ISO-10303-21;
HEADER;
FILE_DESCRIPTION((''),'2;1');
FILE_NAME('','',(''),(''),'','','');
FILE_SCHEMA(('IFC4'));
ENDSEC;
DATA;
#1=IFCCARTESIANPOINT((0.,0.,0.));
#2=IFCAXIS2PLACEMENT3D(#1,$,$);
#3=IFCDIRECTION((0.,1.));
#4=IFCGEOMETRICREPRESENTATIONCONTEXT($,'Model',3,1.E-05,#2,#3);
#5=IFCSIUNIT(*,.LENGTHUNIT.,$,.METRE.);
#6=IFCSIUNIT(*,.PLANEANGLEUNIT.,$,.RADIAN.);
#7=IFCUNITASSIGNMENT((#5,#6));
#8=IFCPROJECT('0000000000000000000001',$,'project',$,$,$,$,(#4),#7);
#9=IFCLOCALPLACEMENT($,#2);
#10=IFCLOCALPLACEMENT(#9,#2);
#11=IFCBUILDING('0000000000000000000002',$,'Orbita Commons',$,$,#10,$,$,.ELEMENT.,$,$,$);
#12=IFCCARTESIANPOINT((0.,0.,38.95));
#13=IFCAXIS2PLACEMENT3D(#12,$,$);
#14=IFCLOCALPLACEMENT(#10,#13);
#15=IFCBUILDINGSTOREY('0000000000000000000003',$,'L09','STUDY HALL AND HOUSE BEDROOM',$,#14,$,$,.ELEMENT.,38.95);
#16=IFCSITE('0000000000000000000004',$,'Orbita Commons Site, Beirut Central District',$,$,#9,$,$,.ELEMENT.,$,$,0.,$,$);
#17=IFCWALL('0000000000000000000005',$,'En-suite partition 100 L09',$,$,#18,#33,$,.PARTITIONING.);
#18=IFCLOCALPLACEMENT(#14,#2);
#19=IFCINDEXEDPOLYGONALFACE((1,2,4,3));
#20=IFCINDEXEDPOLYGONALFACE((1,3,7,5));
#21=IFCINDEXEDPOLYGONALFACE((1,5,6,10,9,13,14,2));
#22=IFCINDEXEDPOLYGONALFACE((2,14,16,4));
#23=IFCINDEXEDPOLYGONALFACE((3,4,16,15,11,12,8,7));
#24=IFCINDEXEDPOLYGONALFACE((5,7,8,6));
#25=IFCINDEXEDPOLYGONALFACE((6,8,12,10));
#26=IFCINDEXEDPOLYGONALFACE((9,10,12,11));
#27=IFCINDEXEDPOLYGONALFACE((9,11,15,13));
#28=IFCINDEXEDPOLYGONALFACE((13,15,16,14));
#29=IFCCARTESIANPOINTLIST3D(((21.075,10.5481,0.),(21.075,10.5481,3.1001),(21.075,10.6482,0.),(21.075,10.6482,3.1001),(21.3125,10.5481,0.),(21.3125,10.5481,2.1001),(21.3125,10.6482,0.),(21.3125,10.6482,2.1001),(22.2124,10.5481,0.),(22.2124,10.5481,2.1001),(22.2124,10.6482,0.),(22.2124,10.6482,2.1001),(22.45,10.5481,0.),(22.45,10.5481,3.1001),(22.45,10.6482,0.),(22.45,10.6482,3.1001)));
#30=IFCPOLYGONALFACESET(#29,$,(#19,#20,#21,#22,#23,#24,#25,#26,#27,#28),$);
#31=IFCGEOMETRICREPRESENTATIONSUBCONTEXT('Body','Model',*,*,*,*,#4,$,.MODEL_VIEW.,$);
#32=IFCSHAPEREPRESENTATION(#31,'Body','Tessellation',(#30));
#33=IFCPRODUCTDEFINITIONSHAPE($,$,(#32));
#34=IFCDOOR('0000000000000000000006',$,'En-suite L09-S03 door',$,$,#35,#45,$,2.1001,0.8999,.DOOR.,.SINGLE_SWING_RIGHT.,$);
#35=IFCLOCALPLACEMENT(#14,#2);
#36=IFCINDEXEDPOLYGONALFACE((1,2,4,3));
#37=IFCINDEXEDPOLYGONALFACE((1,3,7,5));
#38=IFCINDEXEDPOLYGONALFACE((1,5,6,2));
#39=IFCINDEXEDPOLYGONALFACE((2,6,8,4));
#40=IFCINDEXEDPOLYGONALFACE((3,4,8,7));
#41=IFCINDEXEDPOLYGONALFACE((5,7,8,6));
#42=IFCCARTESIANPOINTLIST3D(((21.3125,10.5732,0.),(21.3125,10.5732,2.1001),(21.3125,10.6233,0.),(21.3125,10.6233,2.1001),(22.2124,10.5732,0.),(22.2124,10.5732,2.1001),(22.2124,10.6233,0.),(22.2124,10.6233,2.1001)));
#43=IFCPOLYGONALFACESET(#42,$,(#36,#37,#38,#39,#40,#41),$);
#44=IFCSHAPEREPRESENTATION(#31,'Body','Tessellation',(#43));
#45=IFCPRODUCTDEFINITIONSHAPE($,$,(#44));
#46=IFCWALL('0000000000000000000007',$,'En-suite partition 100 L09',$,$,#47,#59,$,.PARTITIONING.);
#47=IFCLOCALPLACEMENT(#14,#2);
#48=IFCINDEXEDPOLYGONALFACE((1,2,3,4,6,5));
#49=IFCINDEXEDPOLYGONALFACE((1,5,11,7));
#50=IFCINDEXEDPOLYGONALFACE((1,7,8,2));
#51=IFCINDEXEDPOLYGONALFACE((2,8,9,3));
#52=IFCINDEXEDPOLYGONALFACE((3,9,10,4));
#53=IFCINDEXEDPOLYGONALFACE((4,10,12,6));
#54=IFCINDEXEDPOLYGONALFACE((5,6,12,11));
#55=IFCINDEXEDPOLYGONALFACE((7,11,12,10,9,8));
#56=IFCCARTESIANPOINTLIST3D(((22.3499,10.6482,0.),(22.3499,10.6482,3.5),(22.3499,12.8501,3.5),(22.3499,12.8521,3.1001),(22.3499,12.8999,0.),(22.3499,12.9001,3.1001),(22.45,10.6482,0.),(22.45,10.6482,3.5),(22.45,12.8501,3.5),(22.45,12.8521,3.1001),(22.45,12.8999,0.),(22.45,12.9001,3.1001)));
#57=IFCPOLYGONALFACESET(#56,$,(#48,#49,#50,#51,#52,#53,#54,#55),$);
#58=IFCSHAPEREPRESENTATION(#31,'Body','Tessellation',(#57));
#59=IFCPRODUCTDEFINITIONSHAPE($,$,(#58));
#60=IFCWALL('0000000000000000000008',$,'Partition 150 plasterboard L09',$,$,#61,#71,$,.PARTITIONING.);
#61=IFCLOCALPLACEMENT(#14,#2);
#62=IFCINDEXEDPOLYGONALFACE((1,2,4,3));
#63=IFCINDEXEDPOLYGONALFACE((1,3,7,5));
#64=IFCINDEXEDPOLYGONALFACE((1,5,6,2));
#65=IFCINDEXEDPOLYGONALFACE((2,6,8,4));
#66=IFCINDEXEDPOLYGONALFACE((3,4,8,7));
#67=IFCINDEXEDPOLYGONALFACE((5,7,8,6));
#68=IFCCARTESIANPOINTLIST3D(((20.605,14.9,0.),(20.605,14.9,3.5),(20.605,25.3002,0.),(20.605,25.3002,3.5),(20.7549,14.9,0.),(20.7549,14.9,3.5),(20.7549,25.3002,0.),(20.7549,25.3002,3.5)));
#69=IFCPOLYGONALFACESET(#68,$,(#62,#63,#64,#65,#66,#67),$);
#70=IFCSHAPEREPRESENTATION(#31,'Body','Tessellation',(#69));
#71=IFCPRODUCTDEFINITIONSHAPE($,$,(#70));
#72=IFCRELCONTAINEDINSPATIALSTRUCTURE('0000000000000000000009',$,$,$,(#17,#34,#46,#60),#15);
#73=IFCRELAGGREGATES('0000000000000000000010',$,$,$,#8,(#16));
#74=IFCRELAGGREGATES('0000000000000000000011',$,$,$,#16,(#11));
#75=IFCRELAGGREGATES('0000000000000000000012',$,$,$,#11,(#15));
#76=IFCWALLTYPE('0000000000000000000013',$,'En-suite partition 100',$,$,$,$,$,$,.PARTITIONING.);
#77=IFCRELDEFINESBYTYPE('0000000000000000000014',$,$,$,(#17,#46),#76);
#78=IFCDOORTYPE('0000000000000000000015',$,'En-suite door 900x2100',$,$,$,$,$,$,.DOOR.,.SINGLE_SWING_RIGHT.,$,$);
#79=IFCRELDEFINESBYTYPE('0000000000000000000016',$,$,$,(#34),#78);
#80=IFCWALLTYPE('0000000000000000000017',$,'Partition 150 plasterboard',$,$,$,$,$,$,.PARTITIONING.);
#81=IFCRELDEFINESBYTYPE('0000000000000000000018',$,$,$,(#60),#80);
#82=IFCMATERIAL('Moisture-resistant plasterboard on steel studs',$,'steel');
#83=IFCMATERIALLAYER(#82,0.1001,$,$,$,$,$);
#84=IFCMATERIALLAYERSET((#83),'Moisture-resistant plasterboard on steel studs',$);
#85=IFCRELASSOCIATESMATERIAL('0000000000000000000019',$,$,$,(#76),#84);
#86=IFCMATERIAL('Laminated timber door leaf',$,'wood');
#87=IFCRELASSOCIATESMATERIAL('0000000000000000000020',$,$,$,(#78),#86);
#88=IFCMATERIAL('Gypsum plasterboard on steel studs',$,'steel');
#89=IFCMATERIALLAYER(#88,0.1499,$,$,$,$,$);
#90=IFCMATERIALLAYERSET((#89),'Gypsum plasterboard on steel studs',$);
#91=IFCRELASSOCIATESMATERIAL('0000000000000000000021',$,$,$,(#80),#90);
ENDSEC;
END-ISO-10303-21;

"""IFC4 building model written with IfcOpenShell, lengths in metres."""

from ifc_helpers import new_model, si_unit, direction, frame, frame_2d, origin, place, context, subcontext, project, spatial, polyline, rectangle, outline, extrude, material, layer, layer_set, type_object, element, fill, save


model = new_model("IFC4")

# Units and contexts
model_context = context("Model", 3, precision=1e-05, world=origin(), true_north=direction((0.0, 1.0)))
body_context = subcontext(model_context, "Body", "Model", "MODEL_VIEW")
ifc_project = project(units=[si_unit("LENGTHUNIT", "METRE"), si_unit("PLANEANGLEUNIT", "RADIAN")], contexts=[model_context])

# Site, building, storey
site_placement = place(None, origin())
site = spatial("IfcSite", under=ifc_project, at=site_placement, Name="Orbita Commons Site, Beirut Central District", CompositionType="ELEMENT", RefElevation=0.0)
building_placement = place(site_placement, origin())
building = spatial("IfcBuilding", under=site, at=building_placement, Name="Orbita Commons", CompositionType="ELEMENT")
storey_placement = place(building_placement, frame((0.0, 0.0, 38.95)))
storey = spatial("IfcBuildingStorey", under=building, at=storey_placement, Name="L09", Description="STUDY HALL AND HOUSE BEDROOM", CompositionType="ELEMENT", Elevation=38.95)

# Shared definitions
ifc_material_1 = material(Name="Moisture-resistant plasterboard on steel studs", Category="steel")
ifc_layer_1 = layer(ifc_material_1, 0.1001)
ifc_layer_set_1 = layer_set([ifc_layer_1], Name="Moisture-resistant plasterboard on steel studs")
wall_type_1 = type_object("IfcWallType", Name="En-suite partition 100", PredefinedType="PARTITIONING", material=ifc_layer_set_1)
ifc_material_2 = material(Name="Laminated timber door leaf", Category="wood")
door_type_1 = type_object("IfcDoorType", Name="En-suite door 900x2100", OperationType="SINGLE_SWING_RIGHT", PredefinedType="DOOR", material=ifc_material_2)

# Wall, opening, door
wall_1_placement = place(storey_placement, frame((22.45, 10.5981, 0.0), z_axis=(0.0, 0.0, 1.0), x_axis=(-1.0, 0.0, 0.0)))
wall_1 = element("IfcWall", 1, at=wall_1_placement, inside=storey, type_object=wall_type_1, Name="En-suite partition 100 L09", PredefinedType="PARTITIONING", context=body_context, shape_type="SweptSolid", body=[
    extrude(outline(polyline([(0.0, 0.0), (1.375, 0.0), (1.375, 3.1001), (0.0, 3.1001), (0.0, 0.0)])), frame((0.0, 0.05, 0.0), z_axis=(0.0, -1.0, 0.0), x_axis=(1.0, 0.0, 0.0)), (0.0, 0.0, 1.0), 0.1001),
])
opening_1_placement = place(wall_1_placement, frame((0.2375, 0.0, 0.0)))
opening_1 = element("IfcOpeningElement", 2, at=opening_1_placement, cuts=wall_1, PredefinedType="OPENING", context=body_context, shape_type="SweptSolid", body=[
    extrude(rectangle(XDim=0.8999, YDim=2.1001, at=frame_2d((0.45, 1.05))), frame((0.0, 0.0601, 0.0), z_axis=(0.0, -1.0, 0.0), x_axis=(1.0, 0.0, 0.0)), (0.0, 0.0, 1.0), 0.1201),
])
door_1_placement = place(opening_1_placement, origin())
door_1 = element("IfcDoor", 3, at=door_1_placement, inside=storey, type_object=door_type_1, Name="En-suite L09-S03 door", OperationType="SINGLE_SWING_RIGHT", OverallHeight=2.1001, OverallWidth=0.8999, PredefinedType="DOOR", context=body_context, shape_type="SweptSolid", body=[
    extrude(rectangle(XDim=0.8999, YDim=2.1001, at=frame_2d((0.45, 1.05))), frame((0.0, 0.0249, 0.0), z_axis=(0.0, -1.0, 0.0), x_axis=(1.0, 0.0, 0.0)), (0.0, 0.0, 1.0), 0.05),
])
fill(opening_1, door_1)

# Walls
wall_2_placement = place(storey_placement, frame((22.3999, 10.6482, 0.0), z_axis=(0.0, 0.0, 1.0), x_axis=(0.0, 1.0, 0.0)))
element("IfcWall", 4, at=wall_2_placement, inside=storey, type_object=wall_type_1, Name="En-suite partition 100 L09", PredefinedType="PARTITIONING", context=body_context, shape_type="SweptSolid", body=[
    extrude(outline(polyline([(0.0, 0.0), (2.2517, 0.0), (2.252, 3.1001), (2.2039, 3.1001), (2.2019, 3.5), (0.0, 3.5), (0.0, 0.0)])), frame((0.0, 0.05, 0.0), z_axis=(0.0, -1.0, 0.0), x_axis=(1.0, 0.0, 0.0)), (0.0, 0.0, 1.0), 0.1001),
])
ifc_material_3 = material(Name="Gypsum plasterboard on steel studs", Category="steel")
ifc_layer_2 = layer(ifc_material_3, 0.1499)
ifc_layer_set_2 = layer_set([ifc_layer_2], Name="Gypsum plasterboard on steel studs")
wall_type_2 = type_object("IfcWallType", Name="Partition 150 plasterboard", PredefinedType="PARTITIONING", material=ifc_layer_set_2)
wall_3_placement = place(storey_placement, frame((20.6799, 14.8999, 0.0), z_axis=(0.0, 0.0, 1.0), x_axis=(0.0, 1.0, 0.0)))
element("IfcWall", 5, at=wall_3_placement, inside=storey, type_object=wall_type_2, Name="Partition 150 plasterboard L09", PredefinedType="PARTITIONING", context=body_context, shape_type="SweptSolid", body=[
    extrude(rectangle(XDim=10.4001, YDim=0.1499, at=frame_2d((5.2002, 0.0))), origin(), (0.0, 0.0, 1.0), 3.5),
])

save(model, "model.ifc")
